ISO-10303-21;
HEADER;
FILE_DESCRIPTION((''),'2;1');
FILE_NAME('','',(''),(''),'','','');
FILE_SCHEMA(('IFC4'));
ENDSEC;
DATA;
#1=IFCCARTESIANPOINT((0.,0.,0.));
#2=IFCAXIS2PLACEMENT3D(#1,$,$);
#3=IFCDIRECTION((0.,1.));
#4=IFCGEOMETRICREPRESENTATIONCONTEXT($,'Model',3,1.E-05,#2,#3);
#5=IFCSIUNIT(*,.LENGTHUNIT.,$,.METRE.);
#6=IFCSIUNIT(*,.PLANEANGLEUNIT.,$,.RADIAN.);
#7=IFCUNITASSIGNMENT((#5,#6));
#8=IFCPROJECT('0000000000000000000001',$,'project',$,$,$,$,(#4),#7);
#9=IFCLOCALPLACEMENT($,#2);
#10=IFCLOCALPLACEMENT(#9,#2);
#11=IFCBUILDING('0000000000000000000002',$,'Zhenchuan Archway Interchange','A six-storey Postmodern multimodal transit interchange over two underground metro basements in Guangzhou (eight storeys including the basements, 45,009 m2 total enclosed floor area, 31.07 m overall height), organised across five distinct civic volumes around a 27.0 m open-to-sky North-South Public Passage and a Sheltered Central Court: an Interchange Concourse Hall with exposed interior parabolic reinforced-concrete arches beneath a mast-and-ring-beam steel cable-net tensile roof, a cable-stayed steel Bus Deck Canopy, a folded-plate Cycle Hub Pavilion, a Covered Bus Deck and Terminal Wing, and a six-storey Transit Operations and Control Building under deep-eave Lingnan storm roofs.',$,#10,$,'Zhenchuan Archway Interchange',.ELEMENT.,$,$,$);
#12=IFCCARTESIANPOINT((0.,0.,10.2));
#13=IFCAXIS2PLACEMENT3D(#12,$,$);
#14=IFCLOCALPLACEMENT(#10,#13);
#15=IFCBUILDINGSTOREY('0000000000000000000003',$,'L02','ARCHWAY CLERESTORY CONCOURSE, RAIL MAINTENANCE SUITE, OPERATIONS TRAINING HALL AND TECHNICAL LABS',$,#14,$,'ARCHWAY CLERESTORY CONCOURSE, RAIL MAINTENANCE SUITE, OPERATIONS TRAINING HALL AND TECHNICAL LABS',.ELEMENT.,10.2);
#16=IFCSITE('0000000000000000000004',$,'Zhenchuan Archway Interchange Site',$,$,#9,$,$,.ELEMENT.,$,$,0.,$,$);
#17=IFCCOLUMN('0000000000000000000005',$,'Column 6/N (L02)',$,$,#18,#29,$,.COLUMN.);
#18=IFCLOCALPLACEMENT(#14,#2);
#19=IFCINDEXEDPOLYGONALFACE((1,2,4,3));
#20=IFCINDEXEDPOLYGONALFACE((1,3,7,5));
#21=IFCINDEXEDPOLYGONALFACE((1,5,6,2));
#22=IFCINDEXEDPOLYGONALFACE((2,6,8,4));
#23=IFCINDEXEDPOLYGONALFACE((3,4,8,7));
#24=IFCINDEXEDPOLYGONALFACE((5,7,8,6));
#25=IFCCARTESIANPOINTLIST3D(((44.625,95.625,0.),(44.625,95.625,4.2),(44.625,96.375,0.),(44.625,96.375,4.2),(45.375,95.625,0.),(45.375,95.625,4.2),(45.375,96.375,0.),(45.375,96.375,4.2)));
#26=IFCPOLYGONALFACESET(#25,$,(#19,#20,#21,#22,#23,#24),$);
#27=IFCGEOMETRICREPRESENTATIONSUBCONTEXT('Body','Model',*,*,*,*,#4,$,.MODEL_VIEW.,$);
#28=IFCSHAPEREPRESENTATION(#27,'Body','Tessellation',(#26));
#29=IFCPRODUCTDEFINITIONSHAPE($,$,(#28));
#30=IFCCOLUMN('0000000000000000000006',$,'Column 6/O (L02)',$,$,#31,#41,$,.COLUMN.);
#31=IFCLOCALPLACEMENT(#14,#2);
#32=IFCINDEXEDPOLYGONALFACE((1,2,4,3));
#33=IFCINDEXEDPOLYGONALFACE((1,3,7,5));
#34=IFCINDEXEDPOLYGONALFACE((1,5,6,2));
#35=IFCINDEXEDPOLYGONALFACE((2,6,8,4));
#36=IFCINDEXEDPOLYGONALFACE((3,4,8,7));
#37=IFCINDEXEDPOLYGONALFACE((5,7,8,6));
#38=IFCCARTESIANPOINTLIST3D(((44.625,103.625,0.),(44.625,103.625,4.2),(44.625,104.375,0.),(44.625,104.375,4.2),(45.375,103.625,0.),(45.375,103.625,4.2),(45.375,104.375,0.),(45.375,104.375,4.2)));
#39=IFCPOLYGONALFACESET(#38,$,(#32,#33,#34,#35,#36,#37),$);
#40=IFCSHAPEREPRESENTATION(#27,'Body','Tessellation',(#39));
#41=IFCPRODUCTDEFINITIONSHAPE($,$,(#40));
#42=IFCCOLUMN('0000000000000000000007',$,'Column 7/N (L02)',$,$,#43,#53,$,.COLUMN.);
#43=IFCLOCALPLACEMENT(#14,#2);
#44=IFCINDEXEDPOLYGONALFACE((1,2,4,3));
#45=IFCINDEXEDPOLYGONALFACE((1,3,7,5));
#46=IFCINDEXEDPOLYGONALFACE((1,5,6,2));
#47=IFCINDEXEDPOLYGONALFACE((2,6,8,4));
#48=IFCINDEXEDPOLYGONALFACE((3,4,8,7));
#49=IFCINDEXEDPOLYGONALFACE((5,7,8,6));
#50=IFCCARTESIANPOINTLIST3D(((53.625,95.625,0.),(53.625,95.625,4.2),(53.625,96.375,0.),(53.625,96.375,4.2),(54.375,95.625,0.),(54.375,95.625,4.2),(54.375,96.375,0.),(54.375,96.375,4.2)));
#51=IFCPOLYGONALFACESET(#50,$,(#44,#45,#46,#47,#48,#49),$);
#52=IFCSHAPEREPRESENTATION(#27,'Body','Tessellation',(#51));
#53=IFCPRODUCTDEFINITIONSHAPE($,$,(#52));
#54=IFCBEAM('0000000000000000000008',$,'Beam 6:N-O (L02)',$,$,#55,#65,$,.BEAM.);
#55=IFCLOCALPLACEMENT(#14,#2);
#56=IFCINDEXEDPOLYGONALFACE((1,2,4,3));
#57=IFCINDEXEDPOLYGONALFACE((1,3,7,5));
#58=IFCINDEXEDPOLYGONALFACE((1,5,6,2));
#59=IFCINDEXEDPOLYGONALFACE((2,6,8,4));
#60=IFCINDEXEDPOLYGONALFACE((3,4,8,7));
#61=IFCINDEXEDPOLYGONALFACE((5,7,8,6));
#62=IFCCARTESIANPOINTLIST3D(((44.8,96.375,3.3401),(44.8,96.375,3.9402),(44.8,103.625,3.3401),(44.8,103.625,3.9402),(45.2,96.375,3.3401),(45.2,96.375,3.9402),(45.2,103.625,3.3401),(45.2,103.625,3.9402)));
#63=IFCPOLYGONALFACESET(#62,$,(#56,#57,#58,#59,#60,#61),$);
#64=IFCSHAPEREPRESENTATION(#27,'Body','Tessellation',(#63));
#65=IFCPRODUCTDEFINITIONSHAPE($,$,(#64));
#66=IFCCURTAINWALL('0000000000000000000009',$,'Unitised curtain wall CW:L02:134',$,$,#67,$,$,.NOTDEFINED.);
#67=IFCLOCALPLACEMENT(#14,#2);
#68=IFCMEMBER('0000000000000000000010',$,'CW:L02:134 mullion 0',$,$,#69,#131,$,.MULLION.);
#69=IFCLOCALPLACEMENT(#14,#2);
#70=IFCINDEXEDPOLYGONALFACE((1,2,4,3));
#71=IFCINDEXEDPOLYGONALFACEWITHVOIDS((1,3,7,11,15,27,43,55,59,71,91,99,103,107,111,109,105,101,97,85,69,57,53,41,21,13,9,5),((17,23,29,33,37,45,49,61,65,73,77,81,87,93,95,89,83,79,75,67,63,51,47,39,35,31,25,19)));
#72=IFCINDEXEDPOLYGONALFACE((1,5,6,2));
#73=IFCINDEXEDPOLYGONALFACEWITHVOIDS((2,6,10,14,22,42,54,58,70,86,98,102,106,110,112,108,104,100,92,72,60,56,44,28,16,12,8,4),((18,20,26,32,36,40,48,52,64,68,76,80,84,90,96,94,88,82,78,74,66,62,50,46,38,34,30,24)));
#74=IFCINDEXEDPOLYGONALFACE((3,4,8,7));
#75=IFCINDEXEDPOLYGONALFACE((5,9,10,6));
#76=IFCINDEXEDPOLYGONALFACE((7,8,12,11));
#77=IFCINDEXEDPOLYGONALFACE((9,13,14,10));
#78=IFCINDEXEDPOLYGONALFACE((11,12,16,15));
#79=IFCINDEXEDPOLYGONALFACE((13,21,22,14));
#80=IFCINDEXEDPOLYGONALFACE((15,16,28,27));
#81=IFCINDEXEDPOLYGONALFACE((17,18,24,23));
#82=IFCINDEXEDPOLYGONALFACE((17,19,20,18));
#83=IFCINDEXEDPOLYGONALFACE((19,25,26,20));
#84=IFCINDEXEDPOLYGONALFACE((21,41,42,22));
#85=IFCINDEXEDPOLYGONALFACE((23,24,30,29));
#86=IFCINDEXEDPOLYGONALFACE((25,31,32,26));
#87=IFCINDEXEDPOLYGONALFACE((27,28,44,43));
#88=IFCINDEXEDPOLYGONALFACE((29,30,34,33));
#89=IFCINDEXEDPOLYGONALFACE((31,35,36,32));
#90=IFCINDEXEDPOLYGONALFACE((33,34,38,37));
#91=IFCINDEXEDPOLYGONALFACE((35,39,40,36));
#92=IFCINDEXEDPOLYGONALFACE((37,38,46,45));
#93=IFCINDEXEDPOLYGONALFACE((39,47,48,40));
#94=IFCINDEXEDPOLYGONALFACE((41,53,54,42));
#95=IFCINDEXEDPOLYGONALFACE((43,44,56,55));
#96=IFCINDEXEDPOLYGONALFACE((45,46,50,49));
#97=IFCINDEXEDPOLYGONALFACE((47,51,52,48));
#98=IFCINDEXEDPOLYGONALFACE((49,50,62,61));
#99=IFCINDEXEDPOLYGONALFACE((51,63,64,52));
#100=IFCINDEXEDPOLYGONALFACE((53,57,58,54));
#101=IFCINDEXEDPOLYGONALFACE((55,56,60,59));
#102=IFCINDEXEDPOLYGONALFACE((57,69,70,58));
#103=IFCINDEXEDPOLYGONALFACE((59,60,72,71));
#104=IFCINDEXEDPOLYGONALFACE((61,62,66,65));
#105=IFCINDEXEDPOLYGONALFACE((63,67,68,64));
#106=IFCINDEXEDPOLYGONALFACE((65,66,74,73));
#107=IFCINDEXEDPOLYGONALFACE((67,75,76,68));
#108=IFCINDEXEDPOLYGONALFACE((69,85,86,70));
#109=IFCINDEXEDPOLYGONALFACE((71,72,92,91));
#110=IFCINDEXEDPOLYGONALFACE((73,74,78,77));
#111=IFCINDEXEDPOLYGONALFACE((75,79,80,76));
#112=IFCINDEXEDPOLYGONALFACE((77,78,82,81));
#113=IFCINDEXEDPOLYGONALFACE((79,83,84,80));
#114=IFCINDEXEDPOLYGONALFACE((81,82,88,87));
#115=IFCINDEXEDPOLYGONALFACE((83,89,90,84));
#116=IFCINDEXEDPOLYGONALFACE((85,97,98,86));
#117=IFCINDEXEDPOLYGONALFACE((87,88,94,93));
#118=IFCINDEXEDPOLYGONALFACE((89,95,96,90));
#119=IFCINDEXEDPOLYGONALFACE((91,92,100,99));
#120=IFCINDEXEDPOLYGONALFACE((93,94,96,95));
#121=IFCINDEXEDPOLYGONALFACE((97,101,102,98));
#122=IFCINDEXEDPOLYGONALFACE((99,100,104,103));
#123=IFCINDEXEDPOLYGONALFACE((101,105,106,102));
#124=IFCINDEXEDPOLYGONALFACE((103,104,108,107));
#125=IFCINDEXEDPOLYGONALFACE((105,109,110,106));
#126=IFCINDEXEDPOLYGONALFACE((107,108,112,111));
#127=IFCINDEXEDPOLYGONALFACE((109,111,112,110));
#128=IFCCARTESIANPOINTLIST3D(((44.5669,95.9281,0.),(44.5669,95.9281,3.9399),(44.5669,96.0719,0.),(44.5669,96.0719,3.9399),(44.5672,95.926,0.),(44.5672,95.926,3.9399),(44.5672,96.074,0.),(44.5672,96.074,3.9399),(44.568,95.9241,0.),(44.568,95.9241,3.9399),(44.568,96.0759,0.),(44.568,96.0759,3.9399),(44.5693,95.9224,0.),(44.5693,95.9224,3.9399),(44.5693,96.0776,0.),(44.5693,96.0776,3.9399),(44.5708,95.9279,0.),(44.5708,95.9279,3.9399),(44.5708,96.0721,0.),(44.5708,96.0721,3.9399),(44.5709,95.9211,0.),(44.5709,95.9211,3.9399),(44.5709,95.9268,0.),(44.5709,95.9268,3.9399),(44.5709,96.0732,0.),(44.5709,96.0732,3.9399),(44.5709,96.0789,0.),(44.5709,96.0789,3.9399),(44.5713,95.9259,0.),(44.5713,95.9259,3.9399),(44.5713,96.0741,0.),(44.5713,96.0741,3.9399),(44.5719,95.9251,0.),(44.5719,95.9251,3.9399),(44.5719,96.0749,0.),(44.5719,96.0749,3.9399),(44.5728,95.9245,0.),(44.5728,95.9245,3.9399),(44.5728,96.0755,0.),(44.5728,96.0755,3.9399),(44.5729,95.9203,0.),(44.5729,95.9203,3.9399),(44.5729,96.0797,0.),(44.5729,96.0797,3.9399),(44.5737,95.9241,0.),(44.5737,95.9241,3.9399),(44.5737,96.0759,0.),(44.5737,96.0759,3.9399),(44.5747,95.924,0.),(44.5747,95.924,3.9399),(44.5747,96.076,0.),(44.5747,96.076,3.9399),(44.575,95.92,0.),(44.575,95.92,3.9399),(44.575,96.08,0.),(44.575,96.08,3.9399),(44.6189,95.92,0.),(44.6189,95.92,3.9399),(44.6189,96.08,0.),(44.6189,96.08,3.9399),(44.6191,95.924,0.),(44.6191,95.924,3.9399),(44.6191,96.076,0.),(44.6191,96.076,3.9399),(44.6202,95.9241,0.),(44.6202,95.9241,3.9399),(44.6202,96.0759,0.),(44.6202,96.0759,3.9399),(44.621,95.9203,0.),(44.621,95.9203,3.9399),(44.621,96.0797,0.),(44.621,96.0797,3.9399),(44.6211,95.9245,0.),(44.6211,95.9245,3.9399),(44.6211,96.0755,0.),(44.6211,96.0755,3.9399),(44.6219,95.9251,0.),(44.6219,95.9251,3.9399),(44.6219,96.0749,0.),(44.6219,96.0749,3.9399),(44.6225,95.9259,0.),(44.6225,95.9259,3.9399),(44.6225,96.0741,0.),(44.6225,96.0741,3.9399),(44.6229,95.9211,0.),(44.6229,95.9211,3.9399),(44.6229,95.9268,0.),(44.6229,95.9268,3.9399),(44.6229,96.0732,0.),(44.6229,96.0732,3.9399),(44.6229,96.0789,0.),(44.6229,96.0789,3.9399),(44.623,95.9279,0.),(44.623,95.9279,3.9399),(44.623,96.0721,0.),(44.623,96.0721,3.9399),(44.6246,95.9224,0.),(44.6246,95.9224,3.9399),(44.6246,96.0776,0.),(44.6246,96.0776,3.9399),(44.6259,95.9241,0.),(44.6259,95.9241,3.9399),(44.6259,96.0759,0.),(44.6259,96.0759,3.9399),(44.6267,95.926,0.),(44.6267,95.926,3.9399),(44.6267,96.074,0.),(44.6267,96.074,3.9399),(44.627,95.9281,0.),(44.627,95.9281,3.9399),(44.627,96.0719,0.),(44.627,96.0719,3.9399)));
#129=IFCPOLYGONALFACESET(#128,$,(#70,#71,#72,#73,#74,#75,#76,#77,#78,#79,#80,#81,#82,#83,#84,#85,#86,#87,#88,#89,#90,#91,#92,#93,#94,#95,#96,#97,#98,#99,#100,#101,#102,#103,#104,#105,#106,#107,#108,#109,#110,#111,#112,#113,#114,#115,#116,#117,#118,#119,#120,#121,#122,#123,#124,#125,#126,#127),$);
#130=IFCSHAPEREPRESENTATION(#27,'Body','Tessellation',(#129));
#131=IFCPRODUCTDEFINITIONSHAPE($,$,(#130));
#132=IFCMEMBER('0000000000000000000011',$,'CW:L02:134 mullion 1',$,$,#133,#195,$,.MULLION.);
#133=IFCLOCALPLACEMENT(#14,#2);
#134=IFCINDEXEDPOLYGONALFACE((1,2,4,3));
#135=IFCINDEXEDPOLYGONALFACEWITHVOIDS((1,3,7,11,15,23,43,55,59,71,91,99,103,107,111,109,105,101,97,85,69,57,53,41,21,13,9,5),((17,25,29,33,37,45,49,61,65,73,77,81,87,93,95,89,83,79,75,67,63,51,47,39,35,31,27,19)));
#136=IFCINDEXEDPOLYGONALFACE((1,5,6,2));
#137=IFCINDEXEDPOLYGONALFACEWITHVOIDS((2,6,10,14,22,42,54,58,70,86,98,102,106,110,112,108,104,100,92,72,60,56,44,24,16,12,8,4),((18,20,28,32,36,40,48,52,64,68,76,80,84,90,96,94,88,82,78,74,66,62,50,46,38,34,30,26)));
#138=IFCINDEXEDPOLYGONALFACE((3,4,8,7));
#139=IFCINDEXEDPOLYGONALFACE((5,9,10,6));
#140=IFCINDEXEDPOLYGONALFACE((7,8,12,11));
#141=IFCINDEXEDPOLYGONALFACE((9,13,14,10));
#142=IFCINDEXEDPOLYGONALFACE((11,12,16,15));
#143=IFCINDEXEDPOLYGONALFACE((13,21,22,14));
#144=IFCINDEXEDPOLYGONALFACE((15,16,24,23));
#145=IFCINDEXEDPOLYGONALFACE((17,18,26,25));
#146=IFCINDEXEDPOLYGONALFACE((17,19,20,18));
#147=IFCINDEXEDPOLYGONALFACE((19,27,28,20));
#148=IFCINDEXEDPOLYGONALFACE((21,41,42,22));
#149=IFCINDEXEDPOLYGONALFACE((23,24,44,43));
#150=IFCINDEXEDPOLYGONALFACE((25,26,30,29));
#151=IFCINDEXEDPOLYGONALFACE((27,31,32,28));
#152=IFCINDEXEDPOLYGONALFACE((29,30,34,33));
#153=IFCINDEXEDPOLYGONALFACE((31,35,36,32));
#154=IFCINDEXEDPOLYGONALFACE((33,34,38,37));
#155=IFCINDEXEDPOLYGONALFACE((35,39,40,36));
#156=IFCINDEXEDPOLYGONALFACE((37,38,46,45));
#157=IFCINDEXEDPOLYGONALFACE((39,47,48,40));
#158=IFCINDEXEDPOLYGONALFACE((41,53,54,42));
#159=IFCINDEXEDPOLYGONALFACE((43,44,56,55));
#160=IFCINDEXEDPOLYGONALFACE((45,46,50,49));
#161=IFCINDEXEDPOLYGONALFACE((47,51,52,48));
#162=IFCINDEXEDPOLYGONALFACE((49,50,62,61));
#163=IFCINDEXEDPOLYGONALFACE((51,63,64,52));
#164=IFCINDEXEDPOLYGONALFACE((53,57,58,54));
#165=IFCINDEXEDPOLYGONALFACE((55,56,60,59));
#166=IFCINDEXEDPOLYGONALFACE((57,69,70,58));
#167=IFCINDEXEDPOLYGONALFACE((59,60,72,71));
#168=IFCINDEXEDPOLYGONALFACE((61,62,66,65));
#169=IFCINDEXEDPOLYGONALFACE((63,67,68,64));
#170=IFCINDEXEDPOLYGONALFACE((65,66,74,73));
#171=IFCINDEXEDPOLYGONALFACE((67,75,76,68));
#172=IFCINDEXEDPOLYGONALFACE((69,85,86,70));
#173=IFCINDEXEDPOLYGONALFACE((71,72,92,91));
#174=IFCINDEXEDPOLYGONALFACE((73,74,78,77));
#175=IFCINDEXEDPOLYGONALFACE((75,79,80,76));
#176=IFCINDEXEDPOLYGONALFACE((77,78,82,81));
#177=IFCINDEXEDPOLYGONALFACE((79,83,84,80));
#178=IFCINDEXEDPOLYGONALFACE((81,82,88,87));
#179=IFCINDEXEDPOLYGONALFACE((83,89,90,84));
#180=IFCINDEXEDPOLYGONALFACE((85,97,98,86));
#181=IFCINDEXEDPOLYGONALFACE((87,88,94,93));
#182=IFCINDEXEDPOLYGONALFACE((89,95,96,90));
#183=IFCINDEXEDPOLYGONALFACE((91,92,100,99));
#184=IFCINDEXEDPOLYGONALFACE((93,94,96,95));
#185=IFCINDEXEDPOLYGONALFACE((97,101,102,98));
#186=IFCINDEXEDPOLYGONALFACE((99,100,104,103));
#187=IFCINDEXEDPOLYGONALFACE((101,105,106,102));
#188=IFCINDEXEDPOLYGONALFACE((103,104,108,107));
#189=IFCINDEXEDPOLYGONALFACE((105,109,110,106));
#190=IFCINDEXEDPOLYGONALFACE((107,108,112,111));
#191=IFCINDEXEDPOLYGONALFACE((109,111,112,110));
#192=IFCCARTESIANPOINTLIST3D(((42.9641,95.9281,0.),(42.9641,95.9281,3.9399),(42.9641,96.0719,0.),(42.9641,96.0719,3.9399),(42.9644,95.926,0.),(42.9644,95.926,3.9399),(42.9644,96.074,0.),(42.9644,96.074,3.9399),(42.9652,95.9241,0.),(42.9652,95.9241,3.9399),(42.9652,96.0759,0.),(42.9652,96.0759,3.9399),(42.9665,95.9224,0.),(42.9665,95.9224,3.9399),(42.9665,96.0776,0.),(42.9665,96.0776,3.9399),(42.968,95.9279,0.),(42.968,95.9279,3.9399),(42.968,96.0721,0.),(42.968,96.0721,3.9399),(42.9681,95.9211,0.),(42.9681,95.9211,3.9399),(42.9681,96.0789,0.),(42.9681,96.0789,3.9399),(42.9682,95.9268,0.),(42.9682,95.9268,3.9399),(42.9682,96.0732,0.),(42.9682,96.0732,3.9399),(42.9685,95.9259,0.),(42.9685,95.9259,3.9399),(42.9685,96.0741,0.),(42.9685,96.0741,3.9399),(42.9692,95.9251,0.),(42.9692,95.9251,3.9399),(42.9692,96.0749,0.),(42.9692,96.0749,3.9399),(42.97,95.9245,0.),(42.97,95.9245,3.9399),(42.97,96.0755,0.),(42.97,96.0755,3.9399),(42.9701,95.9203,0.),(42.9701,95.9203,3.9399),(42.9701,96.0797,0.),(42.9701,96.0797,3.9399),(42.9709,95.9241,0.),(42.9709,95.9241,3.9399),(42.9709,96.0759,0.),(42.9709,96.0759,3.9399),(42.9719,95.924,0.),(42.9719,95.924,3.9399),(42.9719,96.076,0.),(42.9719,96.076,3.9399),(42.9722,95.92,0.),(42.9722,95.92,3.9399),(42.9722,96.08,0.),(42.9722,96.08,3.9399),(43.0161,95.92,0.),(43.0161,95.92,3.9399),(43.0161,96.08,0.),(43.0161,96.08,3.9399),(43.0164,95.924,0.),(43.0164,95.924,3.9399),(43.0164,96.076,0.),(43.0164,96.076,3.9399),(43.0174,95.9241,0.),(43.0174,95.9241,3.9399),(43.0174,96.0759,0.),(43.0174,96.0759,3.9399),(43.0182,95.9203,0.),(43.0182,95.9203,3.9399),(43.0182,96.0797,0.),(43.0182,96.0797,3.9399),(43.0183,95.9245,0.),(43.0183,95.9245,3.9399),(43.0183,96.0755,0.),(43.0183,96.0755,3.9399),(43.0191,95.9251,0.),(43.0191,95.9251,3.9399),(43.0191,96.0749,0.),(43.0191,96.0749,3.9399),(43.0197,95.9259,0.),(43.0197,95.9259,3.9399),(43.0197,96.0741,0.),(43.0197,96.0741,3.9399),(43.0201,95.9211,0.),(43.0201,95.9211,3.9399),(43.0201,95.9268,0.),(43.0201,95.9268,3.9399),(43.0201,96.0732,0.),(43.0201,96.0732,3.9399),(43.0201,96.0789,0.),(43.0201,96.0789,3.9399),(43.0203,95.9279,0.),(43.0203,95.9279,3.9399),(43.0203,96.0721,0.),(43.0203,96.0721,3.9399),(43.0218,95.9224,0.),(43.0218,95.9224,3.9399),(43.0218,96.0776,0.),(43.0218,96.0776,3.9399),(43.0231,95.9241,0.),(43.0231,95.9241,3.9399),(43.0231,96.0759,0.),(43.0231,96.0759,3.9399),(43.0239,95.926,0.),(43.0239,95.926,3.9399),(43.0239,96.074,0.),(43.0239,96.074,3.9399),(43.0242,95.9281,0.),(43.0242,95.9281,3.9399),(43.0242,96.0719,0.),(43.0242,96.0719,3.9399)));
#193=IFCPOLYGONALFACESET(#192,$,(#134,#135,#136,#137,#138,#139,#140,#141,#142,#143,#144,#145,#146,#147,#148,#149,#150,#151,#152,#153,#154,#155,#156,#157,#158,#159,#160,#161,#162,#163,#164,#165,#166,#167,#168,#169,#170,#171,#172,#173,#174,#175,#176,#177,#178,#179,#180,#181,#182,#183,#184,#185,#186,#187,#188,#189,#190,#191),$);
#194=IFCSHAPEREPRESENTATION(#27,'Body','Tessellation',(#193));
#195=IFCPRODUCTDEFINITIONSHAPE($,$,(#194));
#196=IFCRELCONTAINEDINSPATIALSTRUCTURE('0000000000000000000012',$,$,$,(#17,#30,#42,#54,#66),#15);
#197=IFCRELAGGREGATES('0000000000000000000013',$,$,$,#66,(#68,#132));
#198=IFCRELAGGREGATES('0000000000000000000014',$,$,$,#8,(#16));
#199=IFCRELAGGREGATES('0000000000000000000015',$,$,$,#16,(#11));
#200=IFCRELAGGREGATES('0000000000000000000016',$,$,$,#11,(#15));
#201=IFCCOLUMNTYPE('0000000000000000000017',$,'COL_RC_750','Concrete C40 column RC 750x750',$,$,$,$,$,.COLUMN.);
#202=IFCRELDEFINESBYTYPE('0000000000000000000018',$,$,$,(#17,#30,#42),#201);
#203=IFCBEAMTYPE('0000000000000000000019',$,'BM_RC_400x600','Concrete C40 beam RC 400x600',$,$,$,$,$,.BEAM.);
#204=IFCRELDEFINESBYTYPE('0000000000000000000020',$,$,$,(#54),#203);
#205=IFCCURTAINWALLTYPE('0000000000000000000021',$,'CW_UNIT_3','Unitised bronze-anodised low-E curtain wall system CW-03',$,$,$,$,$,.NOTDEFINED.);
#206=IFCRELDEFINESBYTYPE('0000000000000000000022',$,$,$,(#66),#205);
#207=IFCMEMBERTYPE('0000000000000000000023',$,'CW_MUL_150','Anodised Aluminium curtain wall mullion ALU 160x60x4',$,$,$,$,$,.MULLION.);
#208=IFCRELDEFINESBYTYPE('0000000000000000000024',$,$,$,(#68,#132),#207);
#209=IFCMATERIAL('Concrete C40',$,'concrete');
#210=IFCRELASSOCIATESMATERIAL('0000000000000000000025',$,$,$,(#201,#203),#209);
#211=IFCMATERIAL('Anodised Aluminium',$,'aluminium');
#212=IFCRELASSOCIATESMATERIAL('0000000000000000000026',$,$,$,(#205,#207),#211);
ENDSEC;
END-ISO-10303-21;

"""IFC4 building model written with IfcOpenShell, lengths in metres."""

from ifc_helpers import new_model, si_unit, direction, frame, origin, origin_2d, place, context, subcontext, project, spatial, rectangle, hollow_rectangle, extrude, material, material_profile, profile_set, type_object, element, aggregate, save


model = new_model("IFC4")

# Units and contexts
model_context = context("Model", 3, precision=1e-05, world=origin(), true_north=direction((0.0, 1.0)))
body_context = subcontext(model_context, "Body", "Model", "MODEL_VIEW")
ifc_project = project(units=[si_unit("LENGTHUNIT", "METRE"), si_unit("PLANEANGLEUNIT", "RADIAN")], contexts=[model_context])

# Site, building, storey
site_placement = place(None, origin())
site = spatial("IfcSite", under=ifc_project, at=site_placement, Name="Zhenchuan Archway Interchange Site", CompositionType="ELEMENT", RefElevation=0.0)
building_placement = place(site_placement, origin())
building = spatial("IfcBuilding", under=site, at=building_placement, Name="Zhenchuan Archway Interchange", Description="A six-storey Postmodern multimodal transit interchange over two underground metro basements in Guangzhou (eight storeys including the basements, 45,009 m2 total enclosed floor area, 31.07 m overall height), organised across five distinct civic volumes around a 27.0 m open-to-sky North-South Public Passage and a Sheltered Central Court: an Interchange Concourse Hall with exposed interior parabolic reinforced-concrete arches beneath a mast-and-ring-beam steel cable-net tensile roof, a cable-stayed steel Bus Deck Canopy, a folded-plate Cycle Hub Pavilion, a Covered Bus Deck and Terminal Wing, and a six-storey Transit Operations and Control Building under deep-eave Lingnan storm roofs.", LongName="Zhenchuan Archway Interchange", CompositionType="ELEMENT")
storey_placement = place(building_placement, frame((0.0, 0.0, 10.2)))
storey = spatial("IfcBuildingStorey", under=building, at=storey_placement, Name="L02", Description="ARCHWAY CLERESTORY CONCOURSE, RAIL MAINTENANCE SUITE, OPERATIONS TRAINING HALL AND TECHNICAL LABS", LongName="ARCHWAY CLERESTORY CONCOURSE, RAIL MAINTENANCE SUITE, OPERATIONS TRAINING HALL AND TECHNICAL LABS", CompositionType="ELEMENT", Elevation=10.2)

# Columns
ifc_material_1 = material(Name="Concrete C40", Category="concrete")
ifc_material_profile_1 = material_profile(ifc_material_1, rectangle(XDim=0.75, YDim=0.75, at=origin_2d()), Name="RC 750x750")
ifc_profile_set_1 = profile_set([ifc_material_profile_1], Name="Concrete C40")
column_type = type_object("IfcColumnType", Name="COL_RC_750", Description="Concrete C40 column RC 750x750", PredefinedType="COLUMN", material=ifc_profile_set_1)
for number, where, z_axis, x_axis, name in (
    (1, (45.0, 96.0, 0.0), (0.0, 0.0, 1.0), (1.0, 0.0, 0.0), "Column 6/N (L02)"),
    (2, (45.0, 104.0, 0.0), (0.0, 0.0, 1.0), (1.0, 0.0, 0.0), "Column 6/O (L02)"),
    (3, (54.0, 96.0, 0.0), (0.0, 0.0, 1.0), (1.0, 0.0, 0.0), "Column 7/N (L02)"),
):
    element("IfcColumn", number, at=place(storey_placement, frame(where, z_axis=z_axis, x_axis=x_axis)), inside=storey, type_object=column_type, Name=name, PredefinedType="COLUMN", context=body_context, shape_type="SweptSolid", body=[
        extrude(rectangle(XDim=0.75, YDim=0.75, at=origin_2d()), origin(), (0.0, 0.0, 1.0), 4.2),
    ])

# Beam
ifc_material_profile_2 = material_profile(ifc_material_1, rectangle(XDim=0.3999, YDim=0.6001, at=origin_2d()), Name="RC 400x600")
ifc_profile_set_2 = profile_set([ifc_material_profile_2], Name="Concrete C40")
beam_type_1 = type_object("IfcBeamType", Name="BM_RC_400x600", Description="Concrete C40 beam RC 400x600", PredefinedType="BEAM", material=ifc_profile_set_2)
beam_1_placement = place(storey_placement, frame((45.0, 96.375, 3.6401), z_axis=(0.0, 1.0, 0.0), x_axis=(-1.0, 0.0, 0.0)))
element("IfcBeam", 4, at=beam_1_placement, inside=storey, type_object=beam_type_1, Name="Beam 6:N-O (L02)", PredefinedType="BEAM", context=body_context, shape_type="SweptSolid", body=[
    extrude(rectangle(XDim=0.3999, YDim=0.6001, at=origin_2d()), origin(), (0.0, 0.0, 1.0), 7.25),
])

# Curtain wall, members
ifc_material_2 = material(Name="Anodised Aluminium", Category="aluminium")
curtain_wall_type_1 = type_object("IfcCurtainWallType", Name="CW_UNIT_3", Description="Unitised bronze-anodised low-E curtain wall system CW-03", PredefinedType="NOTDEFINED", material=ifc_material_2)
curtain_wall_1_placement = place(storey_placement, origin())
curtain_wall_1 = element("IfcCurtainWall", 5, at=curtain_wall_1_placement, inside=storey, type_object=curtain_wall_type_1, Name="Unitised curtain wall CW:L02:134", PredefinedType="NOTDEFINED")
ifc_material_profile_3 = material_profile(ifc_material_2, hollow_rectangle(XDim=0.0601, YDim=0.1599, WallThickness=0.0039, InnerFilletRadius=0.0039, OuterFilletRadius=0.0081, at=origin_2d()), Name="ALU 160x60x4")
ifc_profile_set_3 = profile_set([ifc_material_profile_3], Name="Anodised Aluminium")
member_type_1 = type_object("IfcMemberType", Name="CW_MUL_150", Description="Anodised Aluminium curtain wall mullion ALU 160x60x4", PredefinedType="MULLION", material=ifc_profile_set_3)
member_1_placement = place(storey_placement, frame((44.5969, 96.0, 0.0), z_axis=(0.0, 0.0, 1.0), x_axis=(1.0, 0.0, 0.0)))
member_1 = element("IfcMember", 6, at=member_1_placement, type_object=member_type_1, Name="CW:L02:134 mullion 0", PredefinedType="MULLION", context=body_context, shape_type="SweptSolid", body=[
    extrude(hollow_rectangle(XDim=0.0601, YDim=0.1599, WallThickness=0.0039, InnerFilletRadius=0.0039, OuterFilletRadius=0.0081, at=origin_2d()), origin(), (0.0, 0.0, 1.0), 3.9399),
])
member_2_placement = place(storey_placement, frame((42.9941, 96.0, 0.0), z_axis=(0.0, 0.0, 1.0), x_axis=(1.0, 0.0, 0.0)))
member_2 = element("IfcMember", 7, at=member_2_placement, type_object=member_type_1, Name="CW:L02:134 mullion 1", PredefinedType="MULLION", context=body_context, shape_type="SweptSolid", body=[
    extrude(hollow_rectangle(XDim=0.0601, YDim=0.1599, WallThickness=0.0039, InnerFilletRadius=0.0039, OuterFilletRadius=0.0081, at=origin_2d()), origin(), (0.0, 0.0, 1.0), 3.9399),
])

aggregate(curtain_wall_1, [member_1, member_2])

save(model, "model.ifc")
